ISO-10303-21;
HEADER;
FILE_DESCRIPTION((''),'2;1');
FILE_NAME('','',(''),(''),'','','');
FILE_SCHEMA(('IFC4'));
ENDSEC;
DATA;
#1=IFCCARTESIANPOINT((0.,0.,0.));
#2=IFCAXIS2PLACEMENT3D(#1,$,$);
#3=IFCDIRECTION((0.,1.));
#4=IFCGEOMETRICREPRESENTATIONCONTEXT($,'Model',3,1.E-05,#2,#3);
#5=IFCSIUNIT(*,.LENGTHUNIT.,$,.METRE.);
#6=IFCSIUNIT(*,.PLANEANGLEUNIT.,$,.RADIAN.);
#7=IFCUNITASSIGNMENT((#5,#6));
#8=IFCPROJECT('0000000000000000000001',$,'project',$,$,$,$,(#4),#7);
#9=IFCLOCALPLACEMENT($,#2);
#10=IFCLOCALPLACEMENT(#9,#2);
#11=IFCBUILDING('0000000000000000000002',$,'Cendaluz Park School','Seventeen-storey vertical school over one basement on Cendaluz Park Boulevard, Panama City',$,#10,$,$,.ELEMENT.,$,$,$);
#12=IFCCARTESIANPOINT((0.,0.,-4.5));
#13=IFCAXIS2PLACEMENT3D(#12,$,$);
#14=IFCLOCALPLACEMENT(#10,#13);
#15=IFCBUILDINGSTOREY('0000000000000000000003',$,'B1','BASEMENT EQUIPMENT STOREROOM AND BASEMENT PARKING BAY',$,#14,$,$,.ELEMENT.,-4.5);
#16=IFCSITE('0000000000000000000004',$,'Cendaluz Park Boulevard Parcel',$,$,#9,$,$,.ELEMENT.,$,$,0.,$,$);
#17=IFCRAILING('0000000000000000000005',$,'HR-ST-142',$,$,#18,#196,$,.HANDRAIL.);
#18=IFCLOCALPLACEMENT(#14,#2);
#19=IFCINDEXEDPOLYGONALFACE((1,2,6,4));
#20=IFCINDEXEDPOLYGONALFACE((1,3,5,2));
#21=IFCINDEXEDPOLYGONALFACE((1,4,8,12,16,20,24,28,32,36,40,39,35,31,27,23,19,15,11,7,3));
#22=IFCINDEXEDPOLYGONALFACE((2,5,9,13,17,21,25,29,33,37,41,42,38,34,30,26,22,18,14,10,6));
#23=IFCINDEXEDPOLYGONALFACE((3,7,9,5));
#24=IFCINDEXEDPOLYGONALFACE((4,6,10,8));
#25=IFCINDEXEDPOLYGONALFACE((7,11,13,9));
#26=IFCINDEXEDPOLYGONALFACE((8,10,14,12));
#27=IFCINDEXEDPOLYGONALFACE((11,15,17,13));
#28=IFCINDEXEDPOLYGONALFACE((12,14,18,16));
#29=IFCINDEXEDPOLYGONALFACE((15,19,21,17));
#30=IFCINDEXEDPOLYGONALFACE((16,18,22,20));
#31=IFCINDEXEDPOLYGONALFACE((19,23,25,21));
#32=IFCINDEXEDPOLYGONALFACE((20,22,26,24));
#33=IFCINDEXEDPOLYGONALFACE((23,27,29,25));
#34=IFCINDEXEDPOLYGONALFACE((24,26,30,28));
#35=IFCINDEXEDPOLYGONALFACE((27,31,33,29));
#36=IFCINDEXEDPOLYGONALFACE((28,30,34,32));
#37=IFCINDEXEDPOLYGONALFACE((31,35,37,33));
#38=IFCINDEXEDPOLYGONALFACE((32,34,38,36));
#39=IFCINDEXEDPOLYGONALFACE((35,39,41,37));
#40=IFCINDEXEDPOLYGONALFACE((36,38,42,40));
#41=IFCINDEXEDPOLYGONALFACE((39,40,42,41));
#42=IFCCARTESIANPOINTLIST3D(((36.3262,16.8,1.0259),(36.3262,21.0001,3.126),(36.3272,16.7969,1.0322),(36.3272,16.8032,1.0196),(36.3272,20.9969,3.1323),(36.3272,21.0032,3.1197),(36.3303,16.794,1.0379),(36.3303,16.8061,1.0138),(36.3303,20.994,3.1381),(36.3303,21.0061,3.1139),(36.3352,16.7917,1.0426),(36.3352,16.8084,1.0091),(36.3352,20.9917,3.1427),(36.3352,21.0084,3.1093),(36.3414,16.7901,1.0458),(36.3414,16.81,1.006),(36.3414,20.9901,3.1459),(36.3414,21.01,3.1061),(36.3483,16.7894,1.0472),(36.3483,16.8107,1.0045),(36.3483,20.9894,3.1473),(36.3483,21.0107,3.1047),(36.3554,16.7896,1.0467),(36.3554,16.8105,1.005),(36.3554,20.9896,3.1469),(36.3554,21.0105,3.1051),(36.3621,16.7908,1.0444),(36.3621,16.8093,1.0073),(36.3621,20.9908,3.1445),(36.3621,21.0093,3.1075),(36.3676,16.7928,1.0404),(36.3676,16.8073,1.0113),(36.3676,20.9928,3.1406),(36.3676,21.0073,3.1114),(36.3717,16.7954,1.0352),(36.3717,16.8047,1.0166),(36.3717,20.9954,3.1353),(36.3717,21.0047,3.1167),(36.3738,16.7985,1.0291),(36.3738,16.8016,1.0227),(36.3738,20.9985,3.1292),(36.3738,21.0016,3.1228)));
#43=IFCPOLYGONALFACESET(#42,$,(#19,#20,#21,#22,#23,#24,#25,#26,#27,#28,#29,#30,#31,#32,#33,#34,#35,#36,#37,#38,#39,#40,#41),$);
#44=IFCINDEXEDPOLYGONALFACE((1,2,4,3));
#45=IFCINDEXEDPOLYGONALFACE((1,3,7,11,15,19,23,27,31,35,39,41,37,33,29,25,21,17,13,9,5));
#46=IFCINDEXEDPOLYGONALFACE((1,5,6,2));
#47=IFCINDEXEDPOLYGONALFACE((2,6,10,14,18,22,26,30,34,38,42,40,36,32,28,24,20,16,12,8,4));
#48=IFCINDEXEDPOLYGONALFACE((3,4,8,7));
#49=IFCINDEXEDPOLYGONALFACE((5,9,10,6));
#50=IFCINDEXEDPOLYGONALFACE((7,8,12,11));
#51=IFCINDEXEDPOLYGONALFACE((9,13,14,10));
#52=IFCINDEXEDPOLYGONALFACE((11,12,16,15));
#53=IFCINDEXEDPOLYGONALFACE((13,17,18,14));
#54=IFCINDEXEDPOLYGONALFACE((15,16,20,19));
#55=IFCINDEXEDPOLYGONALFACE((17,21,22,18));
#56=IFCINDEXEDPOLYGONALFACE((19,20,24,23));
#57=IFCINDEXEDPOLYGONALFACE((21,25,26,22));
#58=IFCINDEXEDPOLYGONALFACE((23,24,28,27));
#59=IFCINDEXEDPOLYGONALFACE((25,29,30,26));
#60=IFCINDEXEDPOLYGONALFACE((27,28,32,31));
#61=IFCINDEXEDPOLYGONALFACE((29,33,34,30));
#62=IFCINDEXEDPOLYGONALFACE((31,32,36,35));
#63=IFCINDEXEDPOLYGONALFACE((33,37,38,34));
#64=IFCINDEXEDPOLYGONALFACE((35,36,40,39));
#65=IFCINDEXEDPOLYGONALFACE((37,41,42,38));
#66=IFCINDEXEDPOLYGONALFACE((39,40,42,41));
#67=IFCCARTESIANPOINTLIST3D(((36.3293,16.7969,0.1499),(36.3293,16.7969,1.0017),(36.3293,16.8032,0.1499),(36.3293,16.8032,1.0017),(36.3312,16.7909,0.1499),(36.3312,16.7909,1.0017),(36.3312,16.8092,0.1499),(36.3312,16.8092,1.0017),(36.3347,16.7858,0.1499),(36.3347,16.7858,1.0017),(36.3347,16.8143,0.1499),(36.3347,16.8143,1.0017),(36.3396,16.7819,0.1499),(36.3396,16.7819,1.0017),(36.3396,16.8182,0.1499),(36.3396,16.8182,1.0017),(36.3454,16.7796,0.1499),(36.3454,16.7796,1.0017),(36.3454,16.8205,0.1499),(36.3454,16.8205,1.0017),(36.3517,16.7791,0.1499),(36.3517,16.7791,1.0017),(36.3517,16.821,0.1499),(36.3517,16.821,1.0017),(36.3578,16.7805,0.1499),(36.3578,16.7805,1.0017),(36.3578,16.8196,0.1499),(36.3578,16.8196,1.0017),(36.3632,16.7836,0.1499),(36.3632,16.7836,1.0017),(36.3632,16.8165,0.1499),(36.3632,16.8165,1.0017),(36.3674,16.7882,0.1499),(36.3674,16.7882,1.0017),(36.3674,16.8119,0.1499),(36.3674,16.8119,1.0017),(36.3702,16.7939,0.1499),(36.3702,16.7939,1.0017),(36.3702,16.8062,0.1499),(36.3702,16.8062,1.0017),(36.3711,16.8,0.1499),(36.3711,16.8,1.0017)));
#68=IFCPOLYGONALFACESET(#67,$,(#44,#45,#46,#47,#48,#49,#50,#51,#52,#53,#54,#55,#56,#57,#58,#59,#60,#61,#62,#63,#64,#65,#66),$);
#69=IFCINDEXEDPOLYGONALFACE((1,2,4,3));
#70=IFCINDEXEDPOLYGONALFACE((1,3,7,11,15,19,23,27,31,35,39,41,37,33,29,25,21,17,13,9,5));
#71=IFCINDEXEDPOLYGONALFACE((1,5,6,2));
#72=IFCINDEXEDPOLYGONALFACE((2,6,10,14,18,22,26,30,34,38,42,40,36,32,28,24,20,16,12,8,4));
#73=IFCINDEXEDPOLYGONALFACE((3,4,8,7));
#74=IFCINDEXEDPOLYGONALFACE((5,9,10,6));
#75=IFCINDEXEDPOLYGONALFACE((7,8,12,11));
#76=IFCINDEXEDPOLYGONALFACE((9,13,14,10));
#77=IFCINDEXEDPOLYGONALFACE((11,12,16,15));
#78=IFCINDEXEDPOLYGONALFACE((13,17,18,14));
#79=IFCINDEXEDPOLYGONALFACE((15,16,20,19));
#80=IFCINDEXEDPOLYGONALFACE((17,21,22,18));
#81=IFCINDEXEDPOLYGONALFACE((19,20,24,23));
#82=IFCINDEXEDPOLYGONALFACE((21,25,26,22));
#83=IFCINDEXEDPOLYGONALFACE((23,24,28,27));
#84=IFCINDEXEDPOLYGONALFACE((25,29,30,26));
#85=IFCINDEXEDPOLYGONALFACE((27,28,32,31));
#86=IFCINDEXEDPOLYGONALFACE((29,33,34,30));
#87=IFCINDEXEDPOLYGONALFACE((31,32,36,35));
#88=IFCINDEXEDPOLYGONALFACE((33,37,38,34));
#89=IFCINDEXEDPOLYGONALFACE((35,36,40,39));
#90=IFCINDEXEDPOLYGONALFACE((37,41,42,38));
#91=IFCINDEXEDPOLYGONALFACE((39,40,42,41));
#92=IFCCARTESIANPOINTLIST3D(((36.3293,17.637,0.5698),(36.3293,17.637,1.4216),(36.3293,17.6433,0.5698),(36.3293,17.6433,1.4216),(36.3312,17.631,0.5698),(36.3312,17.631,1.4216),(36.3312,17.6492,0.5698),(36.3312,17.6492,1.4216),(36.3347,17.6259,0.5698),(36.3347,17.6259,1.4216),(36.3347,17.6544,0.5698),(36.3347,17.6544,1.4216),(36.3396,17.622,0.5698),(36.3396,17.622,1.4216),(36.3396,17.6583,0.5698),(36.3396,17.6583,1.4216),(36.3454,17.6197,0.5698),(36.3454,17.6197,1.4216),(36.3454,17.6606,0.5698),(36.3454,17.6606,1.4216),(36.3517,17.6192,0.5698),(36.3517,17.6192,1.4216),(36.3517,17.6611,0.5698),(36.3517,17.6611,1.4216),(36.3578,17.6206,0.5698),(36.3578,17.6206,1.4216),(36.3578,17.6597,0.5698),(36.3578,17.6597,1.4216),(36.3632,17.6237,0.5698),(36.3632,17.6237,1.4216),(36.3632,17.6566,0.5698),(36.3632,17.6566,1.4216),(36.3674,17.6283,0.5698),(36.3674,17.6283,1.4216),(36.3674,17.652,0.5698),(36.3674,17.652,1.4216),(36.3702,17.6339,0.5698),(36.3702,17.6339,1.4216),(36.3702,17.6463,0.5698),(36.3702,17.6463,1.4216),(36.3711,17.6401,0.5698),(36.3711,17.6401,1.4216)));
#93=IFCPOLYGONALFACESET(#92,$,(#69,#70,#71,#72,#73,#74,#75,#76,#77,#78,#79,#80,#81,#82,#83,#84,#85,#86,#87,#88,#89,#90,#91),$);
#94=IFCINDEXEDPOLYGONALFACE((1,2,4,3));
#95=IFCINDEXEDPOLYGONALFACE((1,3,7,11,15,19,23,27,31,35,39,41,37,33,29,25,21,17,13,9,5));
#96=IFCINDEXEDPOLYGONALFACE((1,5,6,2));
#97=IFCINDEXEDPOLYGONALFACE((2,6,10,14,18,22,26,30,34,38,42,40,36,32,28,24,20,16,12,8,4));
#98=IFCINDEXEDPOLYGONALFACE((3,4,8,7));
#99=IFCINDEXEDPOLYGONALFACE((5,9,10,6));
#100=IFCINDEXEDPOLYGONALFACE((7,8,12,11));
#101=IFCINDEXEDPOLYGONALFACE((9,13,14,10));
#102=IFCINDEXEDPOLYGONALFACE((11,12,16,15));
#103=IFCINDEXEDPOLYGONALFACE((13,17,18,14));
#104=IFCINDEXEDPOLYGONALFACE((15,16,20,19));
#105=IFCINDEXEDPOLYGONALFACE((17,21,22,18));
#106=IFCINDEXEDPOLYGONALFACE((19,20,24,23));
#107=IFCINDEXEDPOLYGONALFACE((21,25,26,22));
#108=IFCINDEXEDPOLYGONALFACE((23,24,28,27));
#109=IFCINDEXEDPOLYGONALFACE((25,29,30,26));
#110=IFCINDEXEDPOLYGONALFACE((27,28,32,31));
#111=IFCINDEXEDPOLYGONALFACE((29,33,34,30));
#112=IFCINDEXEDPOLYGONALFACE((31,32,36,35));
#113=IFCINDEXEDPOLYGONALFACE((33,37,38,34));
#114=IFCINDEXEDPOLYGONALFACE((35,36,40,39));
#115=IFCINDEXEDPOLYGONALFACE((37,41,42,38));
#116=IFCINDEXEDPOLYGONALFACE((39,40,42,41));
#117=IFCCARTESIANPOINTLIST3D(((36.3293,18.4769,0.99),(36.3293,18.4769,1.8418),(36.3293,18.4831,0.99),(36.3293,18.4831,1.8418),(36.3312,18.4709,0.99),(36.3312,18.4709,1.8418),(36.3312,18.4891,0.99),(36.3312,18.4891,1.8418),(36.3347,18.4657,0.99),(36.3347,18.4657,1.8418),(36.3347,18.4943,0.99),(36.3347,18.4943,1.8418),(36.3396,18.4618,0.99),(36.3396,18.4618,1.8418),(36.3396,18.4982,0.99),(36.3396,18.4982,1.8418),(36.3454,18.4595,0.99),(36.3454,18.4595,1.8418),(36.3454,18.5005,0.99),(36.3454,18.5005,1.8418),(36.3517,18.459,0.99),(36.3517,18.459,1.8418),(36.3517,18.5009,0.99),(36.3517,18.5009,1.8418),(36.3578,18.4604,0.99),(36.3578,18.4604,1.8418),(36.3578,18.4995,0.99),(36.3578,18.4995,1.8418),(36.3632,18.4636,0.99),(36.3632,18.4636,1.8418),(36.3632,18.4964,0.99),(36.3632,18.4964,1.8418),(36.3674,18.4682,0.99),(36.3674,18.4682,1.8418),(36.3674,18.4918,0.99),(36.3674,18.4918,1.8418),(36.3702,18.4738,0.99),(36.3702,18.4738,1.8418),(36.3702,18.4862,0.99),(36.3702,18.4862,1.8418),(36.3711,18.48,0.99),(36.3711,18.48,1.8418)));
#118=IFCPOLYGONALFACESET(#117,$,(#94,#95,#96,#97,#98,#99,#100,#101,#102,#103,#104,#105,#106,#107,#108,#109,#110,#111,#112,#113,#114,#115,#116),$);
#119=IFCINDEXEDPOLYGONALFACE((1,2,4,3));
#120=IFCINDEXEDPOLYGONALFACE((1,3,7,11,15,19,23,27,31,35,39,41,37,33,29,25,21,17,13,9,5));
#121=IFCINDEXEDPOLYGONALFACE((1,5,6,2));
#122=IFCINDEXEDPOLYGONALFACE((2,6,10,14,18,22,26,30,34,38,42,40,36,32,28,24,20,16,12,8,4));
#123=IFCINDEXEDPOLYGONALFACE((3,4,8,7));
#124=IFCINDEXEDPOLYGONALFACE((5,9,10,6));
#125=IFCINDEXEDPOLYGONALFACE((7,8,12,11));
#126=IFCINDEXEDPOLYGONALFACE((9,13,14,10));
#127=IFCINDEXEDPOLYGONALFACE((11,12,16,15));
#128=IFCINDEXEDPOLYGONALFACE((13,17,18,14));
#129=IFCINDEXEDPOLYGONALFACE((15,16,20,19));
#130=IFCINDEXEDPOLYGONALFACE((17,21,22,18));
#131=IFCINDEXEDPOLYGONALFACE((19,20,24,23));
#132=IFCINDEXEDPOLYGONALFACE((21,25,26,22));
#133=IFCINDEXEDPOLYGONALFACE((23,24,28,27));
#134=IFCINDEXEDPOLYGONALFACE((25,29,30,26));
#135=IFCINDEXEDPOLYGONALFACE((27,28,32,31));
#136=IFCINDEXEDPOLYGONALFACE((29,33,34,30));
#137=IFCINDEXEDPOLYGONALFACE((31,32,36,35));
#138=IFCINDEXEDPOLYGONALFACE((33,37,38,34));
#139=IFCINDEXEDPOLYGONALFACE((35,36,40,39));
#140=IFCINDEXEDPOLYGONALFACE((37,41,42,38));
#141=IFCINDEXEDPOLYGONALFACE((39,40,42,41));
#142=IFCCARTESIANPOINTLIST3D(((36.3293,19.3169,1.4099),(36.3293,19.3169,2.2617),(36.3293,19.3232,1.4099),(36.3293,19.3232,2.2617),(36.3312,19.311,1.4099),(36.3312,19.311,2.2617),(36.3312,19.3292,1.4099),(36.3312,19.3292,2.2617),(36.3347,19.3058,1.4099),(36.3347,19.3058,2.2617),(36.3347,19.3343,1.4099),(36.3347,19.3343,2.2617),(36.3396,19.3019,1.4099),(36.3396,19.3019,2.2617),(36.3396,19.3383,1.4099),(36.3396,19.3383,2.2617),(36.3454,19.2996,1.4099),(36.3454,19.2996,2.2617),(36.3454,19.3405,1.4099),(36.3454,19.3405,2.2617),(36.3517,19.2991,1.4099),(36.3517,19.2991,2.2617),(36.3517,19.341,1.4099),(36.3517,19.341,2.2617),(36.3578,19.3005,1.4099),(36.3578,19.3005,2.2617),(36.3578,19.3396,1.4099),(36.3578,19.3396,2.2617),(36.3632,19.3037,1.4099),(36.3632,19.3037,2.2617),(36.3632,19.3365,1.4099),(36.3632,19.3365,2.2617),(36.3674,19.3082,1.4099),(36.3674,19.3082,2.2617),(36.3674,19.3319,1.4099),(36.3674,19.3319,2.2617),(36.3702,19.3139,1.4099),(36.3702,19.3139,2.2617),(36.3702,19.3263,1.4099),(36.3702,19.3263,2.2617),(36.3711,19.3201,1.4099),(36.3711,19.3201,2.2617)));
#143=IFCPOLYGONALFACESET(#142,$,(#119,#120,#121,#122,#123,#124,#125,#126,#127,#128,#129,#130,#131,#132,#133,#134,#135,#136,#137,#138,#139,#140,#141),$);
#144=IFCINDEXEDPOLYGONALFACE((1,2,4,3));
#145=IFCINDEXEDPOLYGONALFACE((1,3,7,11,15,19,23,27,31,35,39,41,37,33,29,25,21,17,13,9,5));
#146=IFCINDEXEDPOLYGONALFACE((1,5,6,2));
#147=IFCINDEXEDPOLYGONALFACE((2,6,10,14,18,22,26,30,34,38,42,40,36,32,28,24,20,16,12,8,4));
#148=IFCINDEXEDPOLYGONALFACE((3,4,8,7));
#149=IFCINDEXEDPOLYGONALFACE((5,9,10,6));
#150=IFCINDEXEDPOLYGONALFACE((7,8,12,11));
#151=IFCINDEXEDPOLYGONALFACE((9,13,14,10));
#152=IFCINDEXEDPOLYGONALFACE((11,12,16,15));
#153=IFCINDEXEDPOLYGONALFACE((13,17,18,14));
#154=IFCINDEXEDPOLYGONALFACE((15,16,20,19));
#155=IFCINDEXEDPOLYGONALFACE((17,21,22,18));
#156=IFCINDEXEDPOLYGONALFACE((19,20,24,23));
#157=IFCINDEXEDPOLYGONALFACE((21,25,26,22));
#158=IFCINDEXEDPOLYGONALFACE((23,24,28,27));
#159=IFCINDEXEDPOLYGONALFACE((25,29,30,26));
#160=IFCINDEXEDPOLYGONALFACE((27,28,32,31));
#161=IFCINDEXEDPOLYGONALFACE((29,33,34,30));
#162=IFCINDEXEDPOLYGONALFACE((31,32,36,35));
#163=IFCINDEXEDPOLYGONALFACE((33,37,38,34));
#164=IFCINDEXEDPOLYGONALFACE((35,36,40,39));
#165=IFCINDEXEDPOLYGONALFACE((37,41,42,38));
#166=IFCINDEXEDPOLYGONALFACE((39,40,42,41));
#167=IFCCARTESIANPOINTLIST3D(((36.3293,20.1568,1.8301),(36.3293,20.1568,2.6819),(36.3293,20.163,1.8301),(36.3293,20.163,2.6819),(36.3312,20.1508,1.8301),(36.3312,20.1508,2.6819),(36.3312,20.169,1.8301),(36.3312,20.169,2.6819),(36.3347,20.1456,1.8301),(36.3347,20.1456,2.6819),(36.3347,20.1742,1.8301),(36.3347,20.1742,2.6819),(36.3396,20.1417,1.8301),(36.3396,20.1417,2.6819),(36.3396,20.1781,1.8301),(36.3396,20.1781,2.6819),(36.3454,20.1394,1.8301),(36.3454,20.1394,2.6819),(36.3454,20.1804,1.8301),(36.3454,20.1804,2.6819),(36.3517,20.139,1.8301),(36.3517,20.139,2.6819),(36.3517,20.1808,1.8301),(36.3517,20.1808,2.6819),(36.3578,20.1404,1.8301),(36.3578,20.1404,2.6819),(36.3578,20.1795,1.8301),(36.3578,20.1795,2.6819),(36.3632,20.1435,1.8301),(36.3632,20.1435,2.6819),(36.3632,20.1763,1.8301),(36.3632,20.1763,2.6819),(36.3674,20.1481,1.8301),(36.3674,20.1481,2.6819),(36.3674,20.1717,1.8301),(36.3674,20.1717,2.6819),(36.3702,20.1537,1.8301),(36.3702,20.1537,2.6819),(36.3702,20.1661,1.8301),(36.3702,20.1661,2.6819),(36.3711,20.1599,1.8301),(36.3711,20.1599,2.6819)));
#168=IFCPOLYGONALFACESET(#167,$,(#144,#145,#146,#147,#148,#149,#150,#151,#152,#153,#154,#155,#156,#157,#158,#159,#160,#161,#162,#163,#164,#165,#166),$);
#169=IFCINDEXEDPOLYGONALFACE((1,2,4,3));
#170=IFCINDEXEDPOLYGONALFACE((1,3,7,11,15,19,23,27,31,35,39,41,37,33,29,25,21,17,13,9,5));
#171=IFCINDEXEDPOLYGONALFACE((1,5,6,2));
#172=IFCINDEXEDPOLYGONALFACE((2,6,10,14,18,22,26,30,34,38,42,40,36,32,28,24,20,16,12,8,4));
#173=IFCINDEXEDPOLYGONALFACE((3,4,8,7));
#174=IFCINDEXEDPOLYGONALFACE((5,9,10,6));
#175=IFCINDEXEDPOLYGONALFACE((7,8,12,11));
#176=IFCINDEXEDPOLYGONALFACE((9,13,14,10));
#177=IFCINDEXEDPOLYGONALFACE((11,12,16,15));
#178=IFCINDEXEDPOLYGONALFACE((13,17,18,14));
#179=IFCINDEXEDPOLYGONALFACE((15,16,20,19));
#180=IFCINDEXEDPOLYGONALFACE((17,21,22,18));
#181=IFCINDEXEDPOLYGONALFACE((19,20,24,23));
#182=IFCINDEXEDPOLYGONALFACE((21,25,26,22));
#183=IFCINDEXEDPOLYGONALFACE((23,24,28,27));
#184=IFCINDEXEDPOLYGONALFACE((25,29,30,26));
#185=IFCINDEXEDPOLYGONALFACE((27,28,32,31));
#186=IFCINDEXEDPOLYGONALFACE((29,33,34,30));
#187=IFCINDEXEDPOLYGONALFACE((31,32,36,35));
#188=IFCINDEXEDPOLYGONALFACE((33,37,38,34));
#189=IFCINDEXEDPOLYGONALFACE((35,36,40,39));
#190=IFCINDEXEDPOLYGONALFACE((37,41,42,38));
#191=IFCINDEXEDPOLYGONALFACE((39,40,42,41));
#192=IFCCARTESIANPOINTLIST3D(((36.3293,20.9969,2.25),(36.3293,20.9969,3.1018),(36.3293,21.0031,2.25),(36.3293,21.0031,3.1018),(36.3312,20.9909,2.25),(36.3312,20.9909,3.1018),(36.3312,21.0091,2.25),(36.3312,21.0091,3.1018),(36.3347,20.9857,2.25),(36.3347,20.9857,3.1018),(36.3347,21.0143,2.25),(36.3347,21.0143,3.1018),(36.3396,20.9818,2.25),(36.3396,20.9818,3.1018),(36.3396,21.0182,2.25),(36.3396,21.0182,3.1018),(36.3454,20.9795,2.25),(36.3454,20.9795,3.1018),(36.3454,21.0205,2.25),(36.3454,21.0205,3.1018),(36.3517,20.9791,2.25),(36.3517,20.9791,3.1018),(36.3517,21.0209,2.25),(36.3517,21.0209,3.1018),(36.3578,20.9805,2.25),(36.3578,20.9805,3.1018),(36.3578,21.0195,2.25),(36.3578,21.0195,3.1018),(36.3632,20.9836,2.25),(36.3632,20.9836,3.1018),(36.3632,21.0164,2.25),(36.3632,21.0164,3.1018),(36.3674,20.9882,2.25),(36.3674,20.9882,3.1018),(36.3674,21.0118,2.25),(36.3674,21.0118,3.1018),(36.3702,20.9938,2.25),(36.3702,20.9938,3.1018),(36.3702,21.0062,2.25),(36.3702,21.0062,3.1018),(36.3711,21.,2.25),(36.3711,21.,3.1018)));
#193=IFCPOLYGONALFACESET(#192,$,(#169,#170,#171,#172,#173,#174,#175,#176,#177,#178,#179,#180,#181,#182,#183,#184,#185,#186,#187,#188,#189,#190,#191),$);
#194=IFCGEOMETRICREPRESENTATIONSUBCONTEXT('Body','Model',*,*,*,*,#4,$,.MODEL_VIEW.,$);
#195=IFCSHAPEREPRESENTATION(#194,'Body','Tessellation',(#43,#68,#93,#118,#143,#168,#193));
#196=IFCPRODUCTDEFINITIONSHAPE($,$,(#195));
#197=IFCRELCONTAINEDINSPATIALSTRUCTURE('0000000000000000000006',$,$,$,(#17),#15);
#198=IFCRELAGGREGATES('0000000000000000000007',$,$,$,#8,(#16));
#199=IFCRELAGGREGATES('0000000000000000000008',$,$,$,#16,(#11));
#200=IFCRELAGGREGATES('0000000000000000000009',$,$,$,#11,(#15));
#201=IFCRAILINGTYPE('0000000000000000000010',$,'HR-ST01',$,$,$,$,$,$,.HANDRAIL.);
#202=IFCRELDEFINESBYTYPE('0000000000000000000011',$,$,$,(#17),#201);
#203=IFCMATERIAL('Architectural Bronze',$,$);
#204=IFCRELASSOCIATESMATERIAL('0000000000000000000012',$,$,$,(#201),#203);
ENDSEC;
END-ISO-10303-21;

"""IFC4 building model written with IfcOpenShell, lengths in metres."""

from ifc_helpers import new_model, si_unit, direction, frame, origin, origin_2d, place, context, subcontext, project, spatial, circle, extrude, material, type_object, element, save


model = new_model("IFC4")

# Units and contexts
model_context = context("Model", 3, precision=1e-05, world=origin(), true_north=direction((0.0, 1.0)))
body_context = subcontext(model_context, "Body", "Model", "MODEL_VIEW")
ifc_project = project(units=[si_unit("LENGTHUNIT", "METRE"), si_unit("PLANEANGLEUNIT", "RADIAN")], contexts=[model_context])

# Site, building, storey
site_placement = place(None, origin())
site = spatial("IfcSite", under=ifc_project, at=site_placement, Name="Cendaluz Park Boulevard Parcel", CompositionType="ELEMENT", RefElevation=0.0)
building_placement = place(site_placement, origin())
building = spatial("IfcBuilding", under=site, at=building_placement, Name="Cendaluz Park School", Description="Seventeen-storey vertical school over one basement on Cendaluz Park Boulevard, Panama City", CompositionType="ELEMENT")
storey_placement = place(building_placement, frame((0.0, 0.0, -4.5)))
storey = spatial("IfcBuildingStorey", under=building, at=storey_placement, Name="B1", Description="BASEMENT EQUIPMENT STOREROOM AND BASEMENT PARKING BAY", CompositionType="ELEMENT", Elevation=-4.5)

# Railing
ifc_material_1 = material(Name="Architectural Bronze")
railing_type_1 = type_object("IfcRailingType", Name="HR-ST01", PredefinedType="HANDRAIL", material=ifc_material_1)
railing_1_placement = place(storey_placement, frame((36.3501, 16.8, 0.1499)))
element("IfcRailing", 1, at=railing_1_placement, inside=storey, type_object=railing_type_1, Name="HR-ST-142", PredefinedType="HANDRAIL", context=body_context, shape_type="SweptSolid", body=[
    extrude(circle(Radius=0.0239, at=origin_2d()), frame((0.0, 0.0, 0.876), z_axis=(0.0, 0.894417, 0.447234), x_axis=(-1.0, 0.0, 0.0)), (0.0, 0.0, 1.0), 4.6958),
    extrude(circle(Radius=0.021, at=origin_2d()), origin(), (0.0, 0.0, 1.0), 0.8518),
    extrude(circle(Radius=0.021, at=origin_2d()), frame((0.0, 0.8401, 0.4199)), (0.0, 0.0, 1.0), 0.8518),
    extrude(circle(Radius=0.021, at=origin_2d()), frame((0.0, 1.6799, 0.8401)), (0.0, 0.0, 1.0), 0.8518),
    extrude(circle(Radius=0.021, at=origin_2d()), frame((0.0, 2.52, 1.26)), (0.0, 0.0, 1.0), 0.8518),
    extrude(circle(Radius=0.021, at=origin_2d()), frame((0.0, 3.3599, 1.6802)), (0.0, 0.0, 1.0), 0.8518),
    extrude(circle(Radius=0.021, at=origin_2d()), frame((0.0, 4.2, 2.1001)), (0.0, 0.0, 1.0), 0.8518),
])

save(model, "model.ifc")
